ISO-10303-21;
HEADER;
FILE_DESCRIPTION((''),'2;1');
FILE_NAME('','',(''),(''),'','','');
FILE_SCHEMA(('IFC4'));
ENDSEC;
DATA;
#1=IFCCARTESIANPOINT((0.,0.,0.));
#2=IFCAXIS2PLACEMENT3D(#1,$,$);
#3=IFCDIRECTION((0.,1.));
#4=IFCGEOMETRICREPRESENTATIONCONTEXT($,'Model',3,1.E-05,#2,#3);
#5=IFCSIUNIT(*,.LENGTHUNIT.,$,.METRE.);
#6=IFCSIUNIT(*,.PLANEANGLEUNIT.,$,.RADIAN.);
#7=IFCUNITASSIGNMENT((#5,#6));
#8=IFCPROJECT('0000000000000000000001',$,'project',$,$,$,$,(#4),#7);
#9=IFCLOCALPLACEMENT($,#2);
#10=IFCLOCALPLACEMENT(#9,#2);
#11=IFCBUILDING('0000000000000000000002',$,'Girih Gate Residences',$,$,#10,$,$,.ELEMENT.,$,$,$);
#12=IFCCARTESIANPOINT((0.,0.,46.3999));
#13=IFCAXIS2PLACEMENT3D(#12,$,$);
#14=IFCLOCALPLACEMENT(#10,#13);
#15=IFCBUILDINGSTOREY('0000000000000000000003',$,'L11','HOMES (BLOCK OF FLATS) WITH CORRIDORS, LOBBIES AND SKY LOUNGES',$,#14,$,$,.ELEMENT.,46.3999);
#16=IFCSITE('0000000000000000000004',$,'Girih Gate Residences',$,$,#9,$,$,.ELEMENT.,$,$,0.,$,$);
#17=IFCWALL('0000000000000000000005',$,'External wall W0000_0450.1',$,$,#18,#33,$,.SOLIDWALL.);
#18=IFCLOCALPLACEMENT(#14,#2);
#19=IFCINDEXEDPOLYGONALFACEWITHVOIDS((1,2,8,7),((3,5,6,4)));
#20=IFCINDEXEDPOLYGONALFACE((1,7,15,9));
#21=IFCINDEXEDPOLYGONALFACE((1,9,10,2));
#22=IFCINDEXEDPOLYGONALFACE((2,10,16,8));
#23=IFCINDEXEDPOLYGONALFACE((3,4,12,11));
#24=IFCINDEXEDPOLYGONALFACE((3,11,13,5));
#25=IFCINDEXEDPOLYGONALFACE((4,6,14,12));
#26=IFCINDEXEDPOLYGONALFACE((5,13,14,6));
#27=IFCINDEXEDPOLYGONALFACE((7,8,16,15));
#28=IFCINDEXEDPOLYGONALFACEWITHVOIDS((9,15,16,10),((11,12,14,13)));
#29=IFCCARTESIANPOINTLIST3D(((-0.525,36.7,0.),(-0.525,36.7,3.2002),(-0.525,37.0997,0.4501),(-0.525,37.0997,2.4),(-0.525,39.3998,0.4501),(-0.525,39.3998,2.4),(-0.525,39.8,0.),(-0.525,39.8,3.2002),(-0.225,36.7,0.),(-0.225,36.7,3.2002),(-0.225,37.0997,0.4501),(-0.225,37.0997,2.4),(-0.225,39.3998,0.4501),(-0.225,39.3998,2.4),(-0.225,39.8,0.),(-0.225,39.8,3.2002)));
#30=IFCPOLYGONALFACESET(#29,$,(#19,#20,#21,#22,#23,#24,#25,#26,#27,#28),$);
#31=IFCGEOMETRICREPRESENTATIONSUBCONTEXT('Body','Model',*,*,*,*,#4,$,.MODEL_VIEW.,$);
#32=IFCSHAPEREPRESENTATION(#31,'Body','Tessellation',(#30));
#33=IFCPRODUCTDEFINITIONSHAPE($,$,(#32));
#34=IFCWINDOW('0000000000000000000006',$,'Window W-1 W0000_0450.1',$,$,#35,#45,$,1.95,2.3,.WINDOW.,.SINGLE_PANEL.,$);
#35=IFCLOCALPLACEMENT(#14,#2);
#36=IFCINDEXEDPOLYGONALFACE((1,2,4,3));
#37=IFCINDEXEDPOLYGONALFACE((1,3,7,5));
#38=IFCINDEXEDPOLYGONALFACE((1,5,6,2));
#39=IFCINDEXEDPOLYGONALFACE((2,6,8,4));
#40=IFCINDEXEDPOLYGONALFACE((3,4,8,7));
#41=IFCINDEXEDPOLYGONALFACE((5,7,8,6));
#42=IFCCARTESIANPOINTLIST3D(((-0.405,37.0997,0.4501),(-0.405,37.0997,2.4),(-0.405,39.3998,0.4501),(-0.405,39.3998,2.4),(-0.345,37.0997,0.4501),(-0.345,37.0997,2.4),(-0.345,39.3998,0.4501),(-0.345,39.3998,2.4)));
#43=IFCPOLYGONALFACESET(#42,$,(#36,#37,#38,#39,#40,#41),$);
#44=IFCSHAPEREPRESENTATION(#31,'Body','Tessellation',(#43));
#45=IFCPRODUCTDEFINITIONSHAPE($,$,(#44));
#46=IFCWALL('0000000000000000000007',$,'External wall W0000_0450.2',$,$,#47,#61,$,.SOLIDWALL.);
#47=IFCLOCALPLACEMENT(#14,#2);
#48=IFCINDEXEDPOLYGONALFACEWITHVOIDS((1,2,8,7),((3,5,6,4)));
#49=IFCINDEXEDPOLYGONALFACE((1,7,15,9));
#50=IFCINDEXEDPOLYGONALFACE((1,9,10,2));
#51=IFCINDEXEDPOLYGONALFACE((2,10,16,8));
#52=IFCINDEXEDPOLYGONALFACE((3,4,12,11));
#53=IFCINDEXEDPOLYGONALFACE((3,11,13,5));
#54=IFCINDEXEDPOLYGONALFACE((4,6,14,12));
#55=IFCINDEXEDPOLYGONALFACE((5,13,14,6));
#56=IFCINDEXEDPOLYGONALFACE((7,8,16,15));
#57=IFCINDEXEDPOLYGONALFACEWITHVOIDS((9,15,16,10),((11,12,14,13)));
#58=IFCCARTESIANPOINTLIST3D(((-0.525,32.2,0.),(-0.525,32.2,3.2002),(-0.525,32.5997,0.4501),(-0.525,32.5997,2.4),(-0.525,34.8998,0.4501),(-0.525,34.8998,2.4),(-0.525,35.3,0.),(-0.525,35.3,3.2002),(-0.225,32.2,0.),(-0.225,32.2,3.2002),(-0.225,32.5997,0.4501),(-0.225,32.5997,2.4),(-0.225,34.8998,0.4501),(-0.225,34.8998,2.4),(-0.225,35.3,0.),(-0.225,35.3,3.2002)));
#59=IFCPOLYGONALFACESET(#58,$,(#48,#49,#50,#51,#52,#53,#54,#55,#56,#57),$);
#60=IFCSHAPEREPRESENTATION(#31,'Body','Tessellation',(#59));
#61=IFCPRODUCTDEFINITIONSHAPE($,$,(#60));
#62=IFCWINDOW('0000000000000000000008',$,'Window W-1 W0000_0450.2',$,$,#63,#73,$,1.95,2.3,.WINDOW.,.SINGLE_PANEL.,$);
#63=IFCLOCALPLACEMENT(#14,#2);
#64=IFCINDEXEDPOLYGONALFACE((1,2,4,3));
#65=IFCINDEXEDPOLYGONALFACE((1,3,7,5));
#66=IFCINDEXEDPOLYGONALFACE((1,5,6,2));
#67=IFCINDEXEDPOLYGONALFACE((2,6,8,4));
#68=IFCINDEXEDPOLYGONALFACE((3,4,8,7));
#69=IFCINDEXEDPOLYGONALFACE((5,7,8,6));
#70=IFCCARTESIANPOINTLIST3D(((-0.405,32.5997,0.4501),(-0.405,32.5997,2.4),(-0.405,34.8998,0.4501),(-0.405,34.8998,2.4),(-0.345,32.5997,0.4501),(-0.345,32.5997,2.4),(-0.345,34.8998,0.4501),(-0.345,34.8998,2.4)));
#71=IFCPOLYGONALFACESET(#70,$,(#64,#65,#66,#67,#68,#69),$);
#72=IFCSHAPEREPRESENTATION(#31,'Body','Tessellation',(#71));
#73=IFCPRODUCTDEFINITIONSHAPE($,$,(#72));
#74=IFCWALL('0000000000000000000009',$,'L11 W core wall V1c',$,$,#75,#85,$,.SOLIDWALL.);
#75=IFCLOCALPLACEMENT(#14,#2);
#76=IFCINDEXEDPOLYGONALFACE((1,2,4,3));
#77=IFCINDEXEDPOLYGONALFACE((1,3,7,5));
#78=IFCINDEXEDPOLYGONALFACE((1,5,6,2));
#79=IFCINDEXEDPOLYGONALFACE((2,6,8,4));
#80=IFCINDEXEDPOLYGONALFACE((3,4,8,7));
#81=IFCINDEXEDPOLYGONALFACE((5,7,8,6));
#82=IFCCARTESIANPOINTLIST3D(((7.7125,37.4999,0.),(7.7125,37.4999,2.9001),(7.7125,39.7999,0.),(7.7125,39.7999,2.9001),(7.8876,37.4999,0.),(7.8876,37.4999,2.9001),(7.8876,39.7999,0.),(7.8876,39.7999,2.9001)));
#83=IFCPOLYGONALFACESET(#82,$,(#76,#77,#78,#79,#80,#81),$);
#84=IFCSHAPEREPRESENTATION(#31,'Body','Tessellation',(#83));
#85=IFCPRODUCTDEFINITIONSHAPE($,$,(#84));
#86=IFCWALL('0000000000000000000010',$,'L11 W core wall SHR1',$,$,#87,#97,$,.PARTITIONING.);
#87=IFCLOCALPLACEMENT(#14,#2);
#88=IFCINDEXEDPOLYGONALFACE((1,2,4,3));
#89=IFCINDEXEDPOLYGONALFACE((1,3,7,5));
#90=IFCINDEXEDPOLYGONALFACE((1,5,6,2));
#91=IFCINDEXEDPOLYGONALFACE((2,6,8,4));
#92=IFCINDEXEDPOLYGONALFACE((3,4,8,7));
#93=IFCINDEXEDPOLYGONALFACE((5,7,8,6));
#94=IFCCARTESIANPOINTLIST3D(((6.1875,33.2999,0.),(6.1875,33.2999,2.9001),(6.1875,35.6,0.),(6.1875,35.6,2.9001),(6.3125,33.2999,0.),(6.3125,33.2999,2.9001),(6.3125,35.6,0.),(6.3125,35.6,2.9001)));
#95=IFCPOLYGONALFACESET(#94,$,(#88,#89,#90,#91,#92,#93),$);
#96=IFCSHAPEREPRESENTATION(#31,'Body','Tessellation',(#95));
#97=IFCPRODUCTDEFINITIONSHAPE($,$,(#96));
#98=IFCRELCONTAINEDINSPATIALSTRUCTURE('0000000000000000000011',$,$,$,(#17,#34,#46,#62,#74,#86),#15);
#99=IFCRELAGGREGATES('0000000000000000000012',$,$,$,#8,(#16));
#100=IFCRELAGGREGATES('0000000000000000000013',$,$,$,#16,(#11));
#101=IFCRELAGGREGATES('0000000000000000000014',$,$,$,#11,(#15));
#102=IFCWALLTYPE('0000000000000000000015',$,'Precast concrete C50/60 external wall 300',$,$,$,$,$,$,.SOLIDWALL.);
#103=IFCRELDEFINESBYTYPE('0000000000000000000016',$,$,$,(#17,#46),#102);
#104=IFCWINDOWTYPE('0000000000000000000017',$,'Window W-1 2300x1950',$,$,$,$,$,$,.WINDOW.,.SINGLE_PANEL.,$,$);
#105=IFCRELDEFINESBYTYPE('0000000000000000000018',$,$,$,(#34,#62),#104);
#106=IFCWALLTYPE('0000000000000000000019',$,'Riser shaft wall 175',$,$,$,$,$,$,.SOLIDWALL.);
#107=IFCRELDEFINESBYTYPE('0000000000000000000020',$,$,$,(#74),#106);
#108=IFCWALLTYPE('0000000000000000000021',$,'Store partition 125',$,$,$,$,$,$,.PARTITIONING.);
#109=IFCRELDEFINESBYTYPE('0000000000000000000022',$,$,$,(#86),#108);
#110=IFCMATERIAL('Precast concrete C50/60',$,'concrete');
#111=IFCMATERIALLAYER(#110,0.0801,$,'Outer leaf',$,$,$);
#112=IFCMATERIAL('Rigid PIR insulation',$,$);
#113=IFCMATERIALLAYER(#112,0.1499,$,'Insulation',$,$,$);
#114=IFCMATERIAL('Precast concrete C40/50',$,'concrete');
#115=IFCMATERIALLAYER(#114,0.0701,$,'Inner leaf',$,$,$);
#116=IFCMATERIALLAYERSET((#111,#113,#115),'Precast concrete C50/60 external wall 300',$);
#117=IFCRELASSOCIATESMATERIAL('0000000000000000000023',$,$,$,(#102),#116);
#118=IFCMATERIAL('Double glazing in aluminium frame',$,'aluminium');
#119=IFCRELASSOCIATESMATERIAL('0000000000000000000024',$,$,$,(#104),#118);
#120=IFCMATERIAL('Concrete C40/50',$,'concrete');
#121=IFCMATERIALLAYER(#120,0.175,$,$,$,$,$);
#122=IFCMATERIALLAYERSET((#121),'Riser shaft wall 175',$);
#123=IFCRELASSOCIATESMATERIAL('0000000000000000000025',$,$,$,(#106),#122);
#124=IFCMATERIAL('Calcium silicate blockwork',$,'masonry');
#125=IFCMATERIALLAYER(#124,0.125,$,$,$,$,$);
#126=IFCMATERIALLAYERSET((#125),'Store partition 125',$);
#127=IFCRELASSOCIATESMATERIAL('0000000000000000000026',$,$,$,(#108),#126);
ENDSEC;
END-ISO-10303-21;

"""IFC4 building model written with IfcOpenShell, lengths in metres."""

from ifc_helpers import new_model, si_unit, direction, frame, frame_2d, origin, place, context, subcontext, project, spatial, rectangle, extrude, material, layer, layer_set, type_object, element, fill, save


model = new_model("IFC4")

# Units and contexts
model_context = context("Model", 3, precision=1e-05, world=origin(), true_north=direction((0.0, 1.0)))
body_context = subcontext(model_context, "Body", "Model", "MODEL_VIEW")
ifc_project = project(units=[si_unit("LENGTHUNIT", "METRE"), si_unit("PLANEANGLEUNIT", "RADIAN")], contexts=[model_context])

# Site, building, storey
site_placement = place(None, origin())
site = spatial("IfcSite", under=ifc_project, at=site_placement, Name="Girih Gate Residences", CompositionType="ELEMENT", RefElevation=0.0)
building_placement = place(site_placement, origin())
building = spatial("IfcBuilding", under=site, at=building_placement, Name="Girih Gate Residences", CompositionType="ELEMENT")
storey_placement = place(building_placement, frame((0.0, 0.0, 46.3999)))
storey = spatial("IfcBuildingStorey", under=building, at=storey_placement, Name="L11", Description="HOMES (BLOCK OF FLATS) WITH CORRIDORS, LOBBIES AND SKY LOUNGES", CompositionType="ELEMENT", Elevation=46.3999)

# Shared definitions
ifc_material_1 = material(Name="Concrete C40/50", Category="concrete")

# Walls, openings, windows
ifc_material_2 = material(Name="Precast concrete C50/60", Category="concrete")
ifc_layer_1 = layer(ifc_material_2, 0.0801, Name="Outer leaf")
ifc_material_3 = material(Name="Rigid PIR insulation")
ifc_layer_2 = layer(ifc_material_3, 0.1499, Name="Insulation")
ifc_material_4 = material(Name="Precast concrete C40/50", Category="concrete")
ifc_layer_3 = layer(ifc_material_4, 0.0701, Name="Inner leaf")
ifc_layer_set_1 = layer_set([ifc_layer_1, ifc_layer_2, ifc_layer_3], Name="Precast concrete C50/60 external wall 300")
wall_type_1 = type_object("IfcWallType", Name="Precast concrete C50/60 external wall 300", PredefinedType="SOLIDWALL", material=ifc_layer_set_1)
wall_1_placement = place(storey_placement, frame((-0.375, 36.7, 0.0), z_axis=(0.0, 0.0, 1.0), x_axis=(0.0, 1.0, 0.0)))
wall_1 = element("IfcWall", 1, at=wall_1_placement, inside=storey, type_object=wall_type_1, Name="External wall W0000_0450.1", PredefinedType="SOLIDWALL", context=body_context, shape_type="SweptSolid", body=[
    extrude(rectangle(XDim=3.1001, YDim=0.3, at=frame_2d((1.55, 0.0))), origin(), (0.0, 0.0, 1.0), 3.2002),
])
opening_1_placement = place(wall_1_placement, frame((0.3999, 0.0, 0.45)))
opening_1 = element("IfcOpeningElement", 2, at=opening_1_placement, cuts=wall_1, PredefinedType="OPENING", context=body_context, shape_type="SweptSolid", body=[
    extrude(rectangle(XDim=2.3, YDim=1.95, at=frame_2d((1.1499, 0.9751))), frame((0.0, 0.1599, 0.0), z_axis=(0.0, -1.0, 0.0), x_axis=(1.0, 0.0, 0.0)), (0.0, 0.0, 1.0), 0.3201),
])
ifc_material_5 = material(Name="Double glazing in aluminium frame", Category="aluminium")
window_type = type_object("IfcWindowType", Name="Window W-1 2300x1950", PartitioningType="SINGLE_PANEL", PredefinedType="WINDOW", material=ifc_material_5)
window_1_placement = place(opening_1_placement, origin())
window_1 = element("IfcWindow", 3, at=window_1_placement, inside=storey, type_object=window_type, Name="Window W-1 W0000_0450.1", OverallHeight=1.95, OverallWidth=2.3, PartitioningType="SINGLE_PANEL", PredefinedType="WINDOW", context=body_context, shape_type="SweptSolid", body=[
    extrude(rectangle(XDim=2.3, YDim=1.95, at=frame_2d((1.1499, 0.9751))), frame((0.0, 0.03, 0.0), z_axis=(0.0, -1.0, 0.0), x_axis=(1.0, 0.0, 0.0)), (0.0, 0.0, 1.0), 0.0601),
])
fill(opening_1, window_1)
wall_2_placement = place(storey_placement, frame((-0.375, 32.2, 0.0), z_axis=(0.0, 0.0, 1.0), x_axis=(0.0, 1.0, 0.0)))
wall_2 = element("IfcWall", 4, at=wall_2_placement, inside=storey, type_object=wall_type_1, Name="External wall W0000_0450.2", PredefinedType="SOLIDWALL", context=body_context, shape_type="SweptSolid", body=[
    extrude(rectangle(XDim=3.1001, YDim=0.3, at=frame_2d((1.55, 0.0))), origin(), (0.0, 0.0, 1.0), 3.2002),
])
opening_2_placement = place(wall_2_placement, frame((0.3999, 0.0, 0.45)))
opening_2 = element("IfcOpeningElement", 5, at=opening_2_placement, cuts=wall_2, PredefinedType="OPENING", context=body_context, shape_type="SweptSolid", body=[
    extrude(rectangle(XDim=2.3, YDim=1.95, at=frame_2d((1.1499, 0.9751))), frame((0.0, 0.1599, 0.0), z_axis=(0.0, -1.0, 0.0), x_axis=(1.0, 0.0, 0.0)), (0.0, 0.0, 1.0), 0.3201),
])
window_2_placement = place(opening_2_placement, origin())
window_2 = element("IfcWindow", 6, at=window_2_placement, inside=storey, type_object=window_type, Name="Window W-1 W0000_0450.2", OverallHeight=1.95, OverallWidth=2.3, PartitioningType="SINGLE_PANEL", PredefinedType="WINDOW", context=body_context, shape_type="SweptSolid", body=[
    extrude(rectangle(XDim=2.3, YDim=1.95, at=frame_2d((1.1499, 0.9751))), frame((0.0, 0.03, 0.0), z_axis=(0.0, -1.0, 0.0), x_axis=(1.0, 0.0, 0.0)), (0.0, 0.0, 1.0), 0.0601),
])
fill(opening_2, window_2)

# Walls
ifc_layer_4 = layer(ifc_material_1, 0.175)
ifc_layer_set_2 = layer_set([ifc_layer_4], Name="Riser shaft wall 175")
wall_type_2 = type_object("IfcWallType", Name="Riser shaft wall 175", PredefinedType="SOLIDWALL", material=ifc_layer_set_2)
wall_3_placement = place(storey_placement, frame((7.8, 37.5, 0.0), z_axis=(0.0, 0.0, 1.0), x_axis=(0.0, 1.0, 0.0)))
element("IfcWall", 7, at=wall_3_placement, inside=storey, type_object=wall_type_2, Name="L11 W core wall V1c", PredefinedType="SOLIDWALL", context=body_context, shape_type="SweptSolid", body=[
    extrude(rectangle(XDim=2.3, YDim=0.175, at=frame_2d((1.1499, 0.0))), origin(), (0.0, 0.0, 1.0), 2.9001),
])
ifc_material_6 = material(Name="Calcium silicate blockwork", Category="masonry")
ifc_layer_5 = layer(ifc_material_6, 0.125)
ifc_layer_set_3 = layer_set([ifc_layer_5], Name="Store partition 125")
wall_type_3 = type_object("IfcWallType", Name="Store partition 125", PredefinedType="PARTITIONING", material=ifc_layer_set_3)
wall_4_placement = place(storey_placement, frame((6.25, 33.3, 0.0), z_axis=(0.0, 0.0, 1.0), x_axis=(0.0, 1.0, 0.0)))
element("IfcWall", 8, at=wall_4_placement, inside=storey, type_object=wall_type_3, Name="L11 W core wall SHR1", PredefinedType="PARTITIONING", context=body_context, shape_type="SweptSolid", body=[
    extrude(rectangle(XDim=2.3, YDim=0.125, at=frame_2d((1.1499, 0.0))), origin(), (0.0, 0.0, 1.0), 2.9001),
])

save(model, "model.ifc")
